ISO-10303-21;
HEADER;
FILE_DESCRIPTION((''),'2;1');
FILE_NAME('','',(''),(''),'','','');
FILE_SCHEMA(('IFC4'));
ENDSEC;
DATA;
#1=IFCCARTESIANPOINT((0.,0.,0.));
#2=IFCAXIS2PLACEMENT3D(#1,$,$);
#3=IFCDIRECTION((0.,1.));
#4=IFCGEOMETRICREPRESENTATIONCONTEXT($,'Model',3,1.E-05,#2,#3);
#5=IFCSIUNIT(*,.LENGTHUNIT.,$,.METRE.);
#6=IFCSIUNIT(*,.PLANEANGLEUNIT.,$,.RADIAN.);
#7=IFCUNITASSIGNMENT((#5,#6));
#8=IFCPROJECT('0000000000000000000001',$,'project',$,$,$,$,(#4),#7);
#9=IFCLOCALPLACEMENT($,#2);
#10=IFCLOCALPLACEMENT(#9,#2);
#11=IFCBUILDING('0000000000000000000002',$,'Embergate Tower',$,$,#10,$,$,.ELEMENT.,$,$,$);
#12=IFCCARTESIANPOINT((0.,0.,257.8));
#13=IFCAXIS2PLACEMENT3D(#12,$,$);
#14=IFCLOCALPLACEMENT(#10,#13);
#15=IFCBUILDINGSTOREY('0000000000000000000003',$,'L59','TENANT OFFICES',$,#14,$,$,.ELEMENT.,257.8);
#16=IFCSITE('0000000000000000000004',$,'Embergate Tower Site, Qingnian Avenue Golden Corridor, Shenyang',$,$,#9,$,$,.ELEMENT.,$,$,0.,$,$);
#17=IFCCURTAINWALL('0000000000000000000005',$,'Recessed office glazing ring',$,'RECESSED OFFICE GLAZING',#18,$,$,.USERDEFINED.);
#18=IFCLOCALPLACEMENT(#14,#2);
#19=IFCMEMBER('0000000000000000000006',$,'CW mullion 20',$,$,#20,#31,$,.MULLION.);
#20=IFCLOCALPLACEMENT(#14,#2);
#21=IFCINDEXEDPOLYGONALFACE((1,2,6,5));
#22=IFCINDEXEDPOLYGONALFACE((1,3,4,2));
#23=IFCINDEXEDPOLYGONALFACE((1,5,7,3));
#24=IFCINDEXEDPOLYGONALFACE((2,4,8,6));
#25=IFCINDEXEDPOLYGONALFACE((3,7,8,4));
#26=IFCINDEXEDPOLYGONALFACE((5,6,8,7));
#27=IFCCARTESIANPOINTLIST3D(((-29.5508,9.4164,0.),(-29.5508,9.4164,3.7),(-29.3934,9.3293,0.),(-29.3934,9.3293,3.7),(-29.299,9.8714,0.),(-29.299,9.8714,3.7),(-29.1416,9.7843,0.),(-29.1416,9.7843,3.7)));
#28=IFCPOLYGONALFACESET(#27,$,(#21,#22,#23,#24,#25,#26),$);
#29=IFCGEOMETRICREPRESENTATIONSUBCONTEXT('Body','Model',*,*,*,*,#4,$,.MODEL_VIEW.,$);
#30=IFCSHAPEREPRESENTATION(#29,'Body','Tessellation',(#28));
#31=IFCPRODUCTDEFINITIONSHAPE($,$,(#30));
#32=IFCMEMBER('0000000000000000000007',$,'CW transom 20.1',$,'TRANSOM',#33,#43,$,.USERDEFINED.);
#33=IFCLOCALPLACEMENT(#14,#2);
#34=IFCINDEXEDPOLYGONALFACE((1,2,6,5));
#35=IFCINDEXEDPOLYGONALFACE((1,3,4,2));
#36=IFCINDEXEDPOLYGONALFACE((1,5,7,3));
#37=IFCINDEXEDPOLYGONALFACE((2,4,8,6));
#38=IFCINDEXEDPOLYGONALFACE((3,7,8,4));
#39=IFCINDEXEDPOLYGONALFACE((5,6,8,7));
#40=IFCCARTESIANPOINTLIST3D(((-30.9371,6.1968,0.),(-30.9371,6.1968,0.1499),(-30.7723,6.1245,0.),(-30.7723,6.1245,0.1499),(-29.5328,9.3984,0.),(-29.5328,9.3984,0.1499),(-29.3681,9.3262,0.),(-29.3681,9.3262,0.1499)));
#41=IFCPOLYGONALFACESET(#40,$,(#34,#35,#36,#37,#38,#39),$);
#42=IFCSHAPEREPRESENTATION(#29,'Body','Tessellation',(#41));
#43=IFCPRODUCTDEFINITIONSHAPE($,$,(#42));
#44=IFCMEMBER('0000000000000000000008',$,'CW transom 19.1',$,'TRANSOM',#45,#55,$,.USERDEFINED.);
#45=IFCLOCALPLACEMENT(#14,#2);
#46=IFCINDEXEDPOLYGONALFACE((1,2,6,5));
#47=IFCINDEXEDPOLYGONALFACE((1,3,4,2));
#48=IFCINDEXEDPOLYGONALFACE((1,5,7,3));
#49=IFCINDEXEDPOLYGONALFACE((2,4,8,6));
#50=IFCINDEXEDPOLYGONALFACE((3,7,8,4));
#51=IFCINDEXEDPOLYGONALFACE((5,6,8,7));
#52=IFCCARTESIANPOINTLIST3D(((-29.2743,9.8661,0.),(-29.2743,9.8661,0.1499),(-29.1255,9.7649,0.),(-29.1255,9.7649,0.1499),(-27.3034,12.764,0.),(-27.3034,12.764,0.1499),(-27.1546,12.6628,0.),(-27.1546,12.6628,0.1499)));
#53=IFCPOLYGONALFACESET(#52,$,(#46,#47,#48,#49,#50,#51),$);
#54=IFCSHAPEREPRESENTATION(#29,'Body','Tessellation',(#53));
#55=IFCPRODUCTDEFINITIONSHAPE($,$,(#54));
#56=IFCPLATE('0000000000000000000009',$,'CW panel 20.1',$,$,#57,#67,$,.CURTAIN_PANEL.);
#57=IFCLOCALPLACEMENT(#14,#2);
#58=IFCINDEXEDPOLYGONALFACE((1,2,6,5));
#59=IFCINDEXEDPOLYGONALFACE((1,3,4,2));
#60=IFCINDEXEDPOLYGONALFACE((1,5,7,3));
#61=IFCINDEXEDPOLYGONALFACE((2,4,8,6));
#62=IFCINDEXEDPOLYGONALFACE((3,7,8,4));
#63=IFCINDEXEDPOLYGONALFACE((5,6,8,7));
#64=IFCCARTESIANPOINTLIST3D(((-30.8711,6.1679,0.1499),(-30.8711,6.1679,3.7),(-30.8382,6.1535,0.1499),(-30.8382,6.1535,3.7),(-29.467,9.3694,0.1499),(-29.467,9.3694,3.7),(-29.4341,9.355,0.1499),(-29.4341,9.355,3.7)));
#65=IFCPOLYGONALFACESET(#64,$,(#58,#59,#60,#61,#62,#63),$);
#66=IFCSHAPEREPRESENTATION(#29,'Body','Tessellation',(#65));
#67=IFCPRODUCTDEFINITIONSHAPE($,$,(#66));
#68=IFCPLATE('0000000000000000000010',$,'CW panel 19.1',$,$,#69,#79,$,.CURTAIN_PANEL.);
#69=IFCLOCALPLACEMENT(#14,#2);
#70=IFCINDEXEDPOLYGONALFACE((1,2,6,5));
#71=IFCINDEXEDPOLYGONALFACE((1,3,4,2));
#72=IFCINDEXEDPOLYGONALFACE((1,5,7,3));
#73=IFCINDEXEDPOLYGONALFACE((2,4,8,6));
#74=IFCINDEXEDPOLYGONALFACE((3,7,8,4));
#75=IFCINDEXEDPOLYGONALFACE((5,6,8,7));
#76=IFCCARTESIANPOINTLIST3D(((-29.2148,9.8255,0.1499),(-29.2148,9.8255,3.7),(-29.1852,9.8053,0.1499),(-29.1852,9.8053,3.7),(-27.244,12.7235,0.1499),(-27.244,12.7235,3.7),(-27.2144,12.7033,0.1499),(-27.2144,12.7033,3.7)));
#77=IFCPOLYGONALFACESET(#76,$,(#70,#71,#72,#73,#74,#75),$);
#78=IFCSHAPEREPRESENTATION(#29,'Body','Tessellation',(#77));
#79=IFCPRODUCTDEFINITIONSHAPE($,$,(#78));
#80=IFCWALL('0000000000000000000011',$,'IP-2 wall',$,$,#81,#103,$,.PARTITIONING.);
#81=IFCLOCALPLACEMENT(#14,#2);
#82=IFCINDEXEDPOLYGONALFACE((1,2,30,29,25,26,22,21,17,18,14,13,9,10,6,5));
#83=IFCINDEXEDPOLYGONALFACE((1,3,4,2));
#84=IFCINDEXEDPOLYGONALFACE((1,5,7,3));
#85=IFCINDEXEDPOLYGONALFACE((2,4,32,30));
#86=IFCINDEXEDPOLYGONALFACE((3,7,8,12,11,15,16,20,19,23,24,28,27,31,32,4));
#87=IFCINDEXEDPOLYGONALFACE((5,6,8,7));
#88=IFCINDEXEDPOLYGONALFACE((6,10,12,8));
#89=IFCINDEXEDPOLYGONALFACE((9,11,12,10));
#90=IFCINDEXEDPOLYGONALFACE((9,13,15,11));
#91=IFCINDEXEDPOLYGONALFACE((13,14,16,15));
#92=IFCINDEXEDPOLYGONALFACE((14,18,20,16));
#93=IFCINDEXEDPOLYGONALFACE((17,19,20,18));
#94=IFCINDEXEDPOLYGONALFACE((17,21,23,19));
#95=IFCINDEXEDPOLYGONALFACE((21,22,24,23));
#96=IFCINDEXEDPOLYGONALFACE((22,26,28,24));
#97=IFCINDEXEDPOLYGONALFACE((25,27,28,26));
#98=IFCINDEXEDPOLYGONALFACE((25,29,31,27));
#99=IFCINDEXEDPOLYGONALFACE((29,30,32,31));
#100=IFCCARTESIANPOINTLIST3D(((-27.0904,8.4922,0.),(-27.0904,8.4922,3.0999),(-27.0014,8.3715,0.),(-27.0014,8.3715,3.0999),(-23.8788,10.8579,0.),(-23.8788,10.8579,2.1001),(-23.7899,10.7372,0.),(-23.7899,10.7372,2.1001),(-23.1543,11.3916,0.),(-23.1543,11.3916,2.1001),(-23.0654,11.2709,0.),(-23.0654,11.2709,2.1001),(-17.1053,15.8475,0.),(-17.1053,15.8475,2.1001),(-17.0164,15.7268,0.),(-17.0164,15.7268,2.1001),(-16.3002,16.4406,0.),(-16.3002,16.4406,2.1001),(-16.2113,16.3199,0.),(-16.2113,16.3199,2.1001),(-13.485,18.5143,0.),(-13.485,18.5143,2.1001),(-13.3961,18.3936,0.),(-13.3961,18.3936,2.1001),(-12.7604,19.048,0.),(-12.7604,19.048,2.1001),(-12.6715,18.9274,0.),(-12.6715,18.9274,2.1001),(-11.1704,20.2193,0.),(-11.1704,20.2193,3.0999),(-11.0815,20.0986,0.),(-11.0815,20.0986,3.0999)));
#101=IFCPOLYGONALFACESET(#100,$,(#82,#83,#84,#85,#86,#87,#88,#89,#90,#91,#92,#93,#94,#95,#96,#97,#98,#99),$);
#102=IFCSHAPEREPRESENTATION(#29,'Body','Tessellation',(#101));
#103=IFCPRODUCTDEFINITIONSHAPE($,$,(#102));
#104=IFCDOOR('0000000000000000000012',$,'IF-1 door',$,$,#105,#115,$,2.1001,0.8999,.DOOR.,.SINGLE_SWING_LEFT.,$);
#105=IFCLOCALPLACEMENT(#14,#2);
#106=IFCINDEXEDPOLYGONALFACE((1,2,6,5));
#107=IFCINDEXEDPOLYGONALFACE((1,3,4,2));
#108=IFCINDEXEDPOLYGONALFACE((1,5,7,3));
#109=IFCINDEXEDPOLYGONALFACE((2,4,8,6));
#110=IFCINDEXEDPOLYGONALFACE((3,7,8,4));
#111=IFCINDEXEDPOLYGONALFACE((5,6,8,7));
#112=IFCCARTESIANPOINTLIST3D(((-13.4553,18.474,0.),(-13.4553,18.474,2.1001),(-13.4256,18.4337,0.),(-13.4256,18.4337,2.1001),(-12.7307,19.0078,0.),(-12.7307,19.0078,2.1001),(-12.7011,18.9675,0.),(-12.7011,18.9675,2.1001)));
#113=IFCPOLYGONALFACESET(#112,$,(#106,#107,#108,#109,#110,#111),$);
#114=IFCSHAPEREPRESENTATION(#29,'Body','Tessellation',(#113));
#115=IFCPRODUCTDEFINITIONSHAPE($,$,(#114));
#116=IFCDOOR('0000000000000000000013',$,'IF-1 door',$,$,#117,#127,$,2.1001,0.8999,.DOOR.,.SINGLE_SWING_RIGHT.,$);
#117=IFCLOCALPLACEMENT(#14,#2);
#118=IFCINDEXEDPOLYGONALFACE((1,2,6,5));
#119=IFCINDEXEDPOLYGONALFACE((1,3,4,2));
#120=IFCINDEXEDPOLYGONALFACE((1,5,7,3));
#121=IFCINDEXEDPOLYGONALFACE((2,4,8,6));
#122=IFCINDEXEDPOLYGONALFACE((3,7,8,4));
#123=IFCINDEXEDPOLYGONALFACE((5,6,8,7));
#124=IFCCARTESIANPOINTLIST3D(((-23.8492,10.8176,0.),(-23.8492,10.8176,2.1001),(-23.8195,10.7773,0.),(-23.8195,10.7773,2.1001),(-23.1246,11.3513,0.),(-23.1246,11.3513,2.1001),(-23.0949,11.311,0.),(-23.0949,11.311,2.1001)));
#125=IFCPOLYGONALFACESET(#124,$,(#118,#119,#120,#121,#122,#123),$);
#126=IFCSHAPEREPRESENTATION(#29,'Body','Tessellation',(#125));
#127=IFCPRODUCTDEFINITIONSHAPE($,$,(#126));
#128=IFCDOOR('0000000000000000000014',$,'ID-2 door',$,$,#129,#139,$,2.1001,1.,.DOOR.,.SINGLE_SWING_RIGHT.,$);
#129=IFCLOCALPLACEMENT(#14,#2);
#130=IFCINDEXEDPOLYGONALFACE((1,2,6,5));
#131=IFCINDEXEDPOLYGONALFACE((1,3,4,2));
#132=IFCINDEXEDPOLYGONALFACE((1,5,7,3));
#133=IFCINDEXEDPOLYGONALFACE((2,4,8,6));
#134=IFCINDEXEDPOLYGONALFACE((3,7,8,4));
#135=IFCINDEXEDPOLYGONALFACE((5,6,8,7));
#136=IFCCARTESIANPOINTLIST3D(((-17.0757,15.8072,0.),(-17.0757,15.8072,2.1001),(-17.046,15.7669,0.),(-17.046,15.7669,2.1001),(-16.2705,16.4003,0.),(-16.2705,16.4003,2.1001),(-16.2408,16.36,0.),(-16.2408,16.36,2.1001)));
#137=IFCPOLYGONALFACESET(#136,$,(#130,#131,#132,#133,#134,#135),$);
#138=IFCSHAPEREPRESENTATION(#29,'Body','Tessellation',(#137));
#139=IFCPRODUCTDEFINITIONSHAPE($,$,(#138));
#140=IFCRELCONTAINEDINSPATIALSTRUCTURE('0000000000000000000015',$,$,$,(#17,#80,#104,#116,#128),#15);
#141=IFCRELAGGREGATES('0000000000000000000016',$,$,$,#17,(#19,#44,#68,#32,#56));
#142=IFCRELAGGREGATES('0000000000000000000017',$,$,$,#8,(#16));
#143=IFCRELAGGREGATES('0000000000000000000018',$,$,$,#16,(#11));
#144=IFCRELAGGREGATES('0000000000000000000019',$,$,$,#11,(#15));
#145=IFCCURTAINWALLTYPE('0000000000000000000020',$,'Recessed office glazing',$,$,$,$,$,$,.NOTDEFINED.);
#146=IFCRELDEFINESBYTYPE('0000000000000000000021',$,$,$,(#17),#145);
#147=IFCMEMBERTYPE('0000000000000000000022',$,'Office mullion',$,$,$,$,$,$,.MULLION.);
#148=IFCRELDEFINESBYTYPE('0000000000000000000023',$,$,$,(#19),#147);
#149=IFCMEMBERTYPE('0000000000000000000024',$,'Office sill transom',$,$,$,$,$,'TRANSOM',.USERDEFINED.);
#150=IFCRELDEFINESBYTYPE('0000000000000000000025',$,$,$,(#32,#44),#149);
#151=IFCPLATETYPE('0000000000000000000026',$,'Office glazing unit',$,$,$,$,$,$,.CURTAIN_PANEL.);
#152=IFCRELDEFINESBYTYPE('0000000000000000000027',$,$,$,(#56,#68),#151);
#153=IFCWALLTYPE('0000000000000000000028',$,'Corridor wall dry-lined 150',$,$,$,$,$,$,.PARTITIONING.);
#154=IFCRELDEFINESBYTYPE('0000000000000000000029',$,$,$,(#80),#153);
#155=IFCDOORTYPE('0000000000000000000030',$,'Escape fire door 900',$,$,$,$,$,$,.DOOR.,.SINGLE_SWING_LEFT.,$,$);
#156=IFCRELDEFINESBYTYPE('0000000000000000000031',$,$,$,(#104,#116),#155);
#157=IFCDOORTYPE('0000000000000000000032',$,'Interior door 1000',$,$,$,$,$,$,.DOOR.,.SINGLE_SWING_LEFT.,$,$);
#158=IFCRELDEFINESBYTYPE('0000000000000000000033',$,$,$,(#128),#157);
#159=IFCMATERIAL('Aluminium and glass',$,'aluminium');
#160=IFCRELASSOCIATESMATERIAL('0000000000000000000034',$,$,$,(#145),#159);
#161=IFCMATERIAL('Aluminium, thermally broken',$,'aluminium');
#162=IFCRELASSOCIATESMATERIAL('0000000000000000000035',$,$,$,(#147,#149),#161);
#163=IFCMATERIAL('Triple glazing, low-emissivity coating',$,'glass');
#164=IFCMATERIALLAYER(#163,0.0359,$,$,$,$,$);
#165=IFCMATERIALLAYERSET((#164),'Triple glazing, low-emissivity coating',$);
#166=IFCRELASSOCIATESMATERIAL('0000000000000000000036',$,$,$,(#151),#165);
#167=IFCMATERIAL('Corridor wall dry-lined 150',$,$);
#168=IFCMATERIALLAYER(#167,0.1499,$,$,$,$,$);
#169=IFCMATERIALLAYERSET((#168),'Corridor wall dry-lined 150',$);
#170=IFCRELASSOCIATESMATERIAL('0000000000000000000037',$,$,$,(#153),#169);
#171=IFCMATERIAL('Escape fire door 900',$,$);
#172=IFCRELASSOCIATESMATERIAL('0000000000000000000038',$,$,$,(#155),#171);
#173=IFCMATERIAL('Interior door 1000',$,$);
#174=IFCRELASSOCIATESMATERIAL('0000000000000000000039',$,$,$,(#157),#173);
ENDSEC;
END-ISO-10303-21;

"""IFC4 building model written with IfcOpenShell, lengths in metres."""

from ifc_helpers import new_model, si_unit, direction, frame, frame_2d, origin, origin_2d, place, context, subcontext, project, spatial, rectangle, extrude, source, transform, mapped, material, layer, layer_set, material_profile, profile_set, type_object, element, fill, aggregate, save


model = new_model("IFC4")

# Units and contexts
model_context = context("Model", 3, precision=1e-05, world=origin(), true_north=direction((0.0, 1.0)))
body_context = subcontext(model_context, "Body", "Model", "MODEL_VIEW")
ifc_project = project(units=[si_unit("LENGTHUNIT", "METRE"), si_unit("PLANEANGLEUNIT", "RADIAN")], contexts=[model_context])

# Site, building, storey
site_placement = place(None, origin())
site = spatial("IfcSite", under=ifc_project, at=site_placement, Name="Embergate Tower Site, Qingnian Avenue Golden Corridor, Shenyang", CompositionType="ELEMENT", RefElevation=0.0)
building_placement = place(site_placement, origin())
building = spatial("IfcBuilding", under=site, at=building_placement, Name="Embergate Tower", CompositionType="ELEMENT")
storey_placement = place(building_placement, frame((0.0, 0.0, 257.8)))
storey = spatial("IfcBuildingStorey", under=building, at=storey_placement, Name="L59", Description="TENANT OFFICES", CompositionType="ELEMENT", Elevation=257.8)

# Curtain wall, members, plates
ifc_material_1 = material(Name="Aluminium and glass", Category="aluminium")
curtain_wall_type = type_object("IfcCurtainWallType", Name="Recessed office glazing", PredefinedType="NOTDEFINED", material=ifc_material_1)
curtain_wall_placement = place(storey_placement, origin())
curtain_wall = element("IfcCurtainWall", 1, at=curtain_wall_placement, inside=storey, type_object=curtain_wall_type, Name="Recessed office glazing ring", ObjectType="RECESSED OFFICE GLAZING", PredefinedType="USERDEFINED")
ifc_material_2 = material(Name="Aluminium, thermally broken", Category="aluminium")
ifc_material_profile_1 = material_profile(ifc_material_2, rectangle(XDim=0.1799, YDim=0.52, at=origin_2d()), Name="AL 520x180")
ifc_profile_set_1 = profile_set([ifc_material_profile_1], Name="Aluminium, thermally broken")
member_type_1 = type_object("IfcMemberType", Name="Office mullion", PredefinedType="MULLION", material=ifc_profile_set_1)
shared_shape_1 = source(origin(), body_context, "Body", "SweptSolid", [
    extrude(rectangle(XDim=0.1799, YDim=0.52, at=origin_2d()), origin(), (0.0, 0.0, 1.0), 3.7),
])
member_1_placement = place(storey_placement, frame((-29.3462, 9.6003, 0.0), z_axis=(0.0, 0.0, 1.0), x_axis=(0.874994, -0.484133, 0.0)))
member_1 = element("IfcMember", 2, at=member_1_placement, type_object=member_type_1, Name="CW mullion 20", PredefinedType="MULLION", context=body_context, shape_type="MappedRepresentation", body=[
    mapped(shared_shape_1, transform((0.0, 0.0, 0.0))),
])
ifc_material_profile_2 = material_profile(ifc_material_2, rectangle(XDim=0.1799, YDim=0.1499, at=origin_2d()), Name="AL 150x180")
ifc_profile_set_2 = profile_set([ifc_material_profile_2], Name="Aluminium, thermally broken")
member_type_2 = type_object("IfcMemberType", Name="Office sill transom", ElementType="TRANSOM", PredefinedType="USERDEFINED", material=ifc_profile_set_2)
shared_shape_2 = source(origin(), body_context, "Body", "SweptSolid", [
    extrude(rectangle(XDim=0.1799, YDim=0.1499, at=origin_2d()), origin(), (0.0, 0.0, 1.0), 3.4961),
])
member_2_placement = place(storey_placement, frame((-29.4504, 9.3623, 0.075), z_axis=(-0.401676, -0.915782, 0.0), x_axis=(0.915782, -0.401676, 0.0)))
member_2 = element("IfcMember", 3, at=member_2_placement, type_object=member_type_2, Name="CW transom 20.1", ObjectType="TRANSOM", PredefinedType="USERDEFINED", context=body_context, shape_type="MappedRepresentation", body=[
    mapped(shared_shape_2, transform((0.0, 0.0, 0.0))),
])
shared_shape_3 = source(origin(), body_context, "Body", "SweptSolid", [
    extrude(rectangle(XDim=0.1799, YDim=0.1499, at=origin_2d()), origin(), (0.0, 0.0, 1.0), 3.5046),
])
member_3_placement = place(storey_placement, frame((-27.229, 12.7134, 0.075), z_axis=(-0.562377, -0.826881, 0.0), x_axis=(0.826881, -0.562377, 0.0)))
member_3 = element("IfcMember", 4, at=member_3_placement, type_object=member_type_2, Name="CW transom 19.1", ObjectType="TRANSOM", PredefinedType="USERDEFINED", context=body_context, shape_type="MappedRepresentation", body=[
    mapped(shared_shape_3, transform((0.0, 0.0, 0.0))),
])
ifc_material_3 = material(Name="Triple glazing, low-emissivity coating", Category="glass")
ifc_layer_1 = layer(ifc_material_3, 0.0359)
ifc_layer_set_1 = layer_set([ifc_layer_1], Name="Triple glazing, low-emissivity coating")
plate_type = type_object("IfcPlateType", Name="Office glazing unit", PredefinedType="CURTAIN_PANEL", material=ifc_layer_set_1)
shared_shape_4 = source(origin(), body_context, "Body", "SweptSolid", [
    extrude(rectangle(XDim=3.4958, YDim=0.0359, at=origin_2d()), origin(), (0.0, 0.0, 1.0), 3.55),
])
plate_1_placement = place(storey_placement, frame((-30.1526, 7.7615, 0.1499), z_axis=(0.0, 0.0, 1.0), x_axis=(-0.401657, -0.91579, 0.0)))
plate_1 = element("IfcPlate", 5, at=plate_1_placement, type_object=plate_type, Name="CW panel 20.1", PredefinedType="CURTAIN_PANEL", context=body_context, shape_type="MappedRepresentation", body=[
    mapped(shared_shape_4, transform((0.0, 0.0, 0.0))),
])
shared_shape_5 = source(origin(), body_context, "Body", "SweptSolid", [
    extrude(rectangle(XDim=3.5046, YDim=0.0359, at=origin_2d()), origin(), (0.0, 0.0, 1.0), 3.55),
])
plate_2_placement = place(storey_placement, frame((-28.2146, 11.2644, 0.1499), z_axis=(0.0, 0.0, 1.0), x_axis=(-0.562346, -0.826902, 0.0)))
plate_2 = element("IfcPlate", 6, at=plate_2_placement, type_object=plate_type, Name="CW panel 19.1", PredefinedType="CURTAIN_PANEL", context=body_context, shape_type="MappedRepresentation", body=[
    mapped(shared_shape_5, transform((0.0, 0.0, 0.0))),
])
aggregate(curtain_wall, [member_1, member_3, plate_2, member_2, plate_1])

# Wall, openings, doors
ifc_material_4 = material(Name="Corridor wall dry-lined 150")
ifc_layer_2 = layer(ifc_material_4, 0.1499)
ifc_layer_set_2 = layer_set([ifc_layer_2], Name="Corridor wall dry-lined 150")
wall_type_1 = type_object("IfcWallType", Name="Corridor wall dry-lined 150", PredefinedType="PARTITIONING", material=ifc_layer_set_2)
shared_shape_6 = source(origin(), body_context, "Body", "SweptSolid", [
    extrude(rectangle(XDim=19.7729, YDim=0.1499, at=frame_2d((9.8865, 0.0))), origin(), (0.0, 0.0, 1.0), 3.0999),
])
wall_1_placement = place(storey_placement, frame((-27.0459, 8.4319, 0.0), z_axis=(0.0, 0.0, 1.0), x_axis=(0.805138, 0.593087, 0.0)))
wall_1 = element("IfcWall", 7, at=wall_1_placement, inside=storey, type_object=wall_type_1, Name="IP-2 wall", PredefinedType="PARTITIONING", context=body_context, shape_type="MappedRepresentation", body=[
    mapped(shared_shape_6, transform((0.0, 0.0, 0.0))),
])
shared_shape_7 = source(origin(), body_context, "Body", "SweptSolid", [
    extrude(rectangle(XDim=0.8999, YDim=2.1001, at=frame_2d((0.45, 1.05))), frame((0.0, 0.085, 0.0), z_axis=(0.0, -1.0, 0.0), x_axis=(1.0, 0.0, 0.0)), (0.0, 0.0, 1.0), 0.1699),
])
opening_1_placement = place(wall_1_placement, frame((16.8982, 0.0, 0.0)))
opening_1 = element("IfcOpeningElement", 8, at=opening_1_placement, cuts=wall_1, PredefinedType="OPENING", context=body_context, shape_type="MappedRepresentation", body=[
    mapped(shared_shape_7, transform((0.0, 0.0, 0.0))),
])
shared_shape_8 = source(origin(), body_context, "Body", "SweptSolid", [
    extrude(rectangle(XDim=1.0, YDim=2.1001, at=frame_2d((0.5, 1.05))), frame((0.0, 0.085, 0.0), z_axis=(0.0, -1.0, 0.0), x_axis=(1.0, 0.0, 0.0)), (0.0, 0.0, 1.0), 0.1699),
])
opening_2_placement = place(wall_1_placement, frame((12.4016, 0.0, 0.0)))
opening_2 = element("IfcOpeningElement", 9, at=opening_2_placement, cuts=wall_1, PredefinedType="OPENING", context=body_context, shape_type="MappedRepresentation", body=[
    mapped(shared_shape_8, transform((0.0, 0.0, 0.0))),
])
opening_3_placement = place(wall_1_placement, frame((3.9888, 0.0, 0.0)))
opening_3 = element("IfcOpeningElement", 10, at=opening_3_placement, cuts=wall_1, PredefinedType="OPENING", context=body_context, shape_type="MappedRepresentation", body=[
    mapped(shared_shape_7, transform((0.0, 0.0, 0.0))),
])
ifc_material_5 = material(Name="Escape fire door 900")
door_type_1 = type_object("IfcDoorType", Name="Escape fire door 900", OperationType="SINGLE_SWING_LEFT", PredefinedType="DOOR", material=ifc_material_5)
shared_shape_9 = source(origin(), body_context, "Body", "SweptSolid", [
    extrude(rectangle(XDim=0.8999, YDim=2.1001, at=frame_2d((0.45, 1.05))), frame((0.0, 0.0249, 0.0), z_axis=(0.0, -1.0, 0.0), x_axis=(1.0, 0.0, 0.0)), (0.0, 0.0, 1.0), 0.05),
])
door_1_placement = place(opening_1_placement, origin())
door_1 = element("IfcDoor", 11, at=door_1_placement, inside=storey, type_object=door_type_1, Name="IF-1 door", OperationType="SINGLE_SWING_LEFT", OverallHeight=2.1001, OverallWidth=0.8999, PredefinedType="DOOR", context=body_context, shape_type="MappedRepresentation", body=[
    mapped(shared_shape_9, transform((0.0, 0.0, 0.0))),
])
fill(opening_1, door_1)
door_2_placement = place(opening_3_placement, origin())
door_2 = element("IfcDoor", 12, at=door_2_placement, inside=storey, type_object=door_type_1, Name="IF-1 door", OperationType="SINGLE_SWING_RIGHT", OverallHeight=2.1001, OverallWidth=0.8999, PredefinedType="DOOR", context=body_context, shape_type="MappedRepresentation", body=[
    mapped(shared_shape_9, transform((0.0, 0.0, 0.0))),
])
fill(opening_3, door_2)
ifc_material_6 = material(Name="Interior door 1000")
door_type_2 = type_object("IfcDoorType", Name="Interior door 1000", OperationType="SINGLE_SWING_LEFT", PredefinedType="DOOR", material=ifc_material_6)
shared_shape_10 = source(origin(), body_context, "Body", "SweptSolid", [
    extrude(rectangle(XDim=1.0, YDim=2.1001, at=frame_2d((0.5, 1.05))), frame((0.0, 0.0249, 0.0), z_axis=(0.0, -1.0, 0.0), x_axis=(1.0, 0.0, 0.0)), (0.0, 0.0, 1.0), 0.05),
])
door_3_placement = place(opening_2_placement, origin())
door_3 = element("IfcDoor", 13, at=door_3_placement, inside=storey, type_object=door_type_2, Name="ID-2 door", OperationType="SINGLE_SWING_RIGHT", OverallHeight=2.1001, OverallWidth=1.0, PredefinedType="DOOR", context=body_context, shape_type="MappedRepresentation", body=[
    mapped(shared_shape_10, transform((0.0, 0.0, 0.0))),
])
fill(opening_2, door_3)

save(model, "model.ifc")
